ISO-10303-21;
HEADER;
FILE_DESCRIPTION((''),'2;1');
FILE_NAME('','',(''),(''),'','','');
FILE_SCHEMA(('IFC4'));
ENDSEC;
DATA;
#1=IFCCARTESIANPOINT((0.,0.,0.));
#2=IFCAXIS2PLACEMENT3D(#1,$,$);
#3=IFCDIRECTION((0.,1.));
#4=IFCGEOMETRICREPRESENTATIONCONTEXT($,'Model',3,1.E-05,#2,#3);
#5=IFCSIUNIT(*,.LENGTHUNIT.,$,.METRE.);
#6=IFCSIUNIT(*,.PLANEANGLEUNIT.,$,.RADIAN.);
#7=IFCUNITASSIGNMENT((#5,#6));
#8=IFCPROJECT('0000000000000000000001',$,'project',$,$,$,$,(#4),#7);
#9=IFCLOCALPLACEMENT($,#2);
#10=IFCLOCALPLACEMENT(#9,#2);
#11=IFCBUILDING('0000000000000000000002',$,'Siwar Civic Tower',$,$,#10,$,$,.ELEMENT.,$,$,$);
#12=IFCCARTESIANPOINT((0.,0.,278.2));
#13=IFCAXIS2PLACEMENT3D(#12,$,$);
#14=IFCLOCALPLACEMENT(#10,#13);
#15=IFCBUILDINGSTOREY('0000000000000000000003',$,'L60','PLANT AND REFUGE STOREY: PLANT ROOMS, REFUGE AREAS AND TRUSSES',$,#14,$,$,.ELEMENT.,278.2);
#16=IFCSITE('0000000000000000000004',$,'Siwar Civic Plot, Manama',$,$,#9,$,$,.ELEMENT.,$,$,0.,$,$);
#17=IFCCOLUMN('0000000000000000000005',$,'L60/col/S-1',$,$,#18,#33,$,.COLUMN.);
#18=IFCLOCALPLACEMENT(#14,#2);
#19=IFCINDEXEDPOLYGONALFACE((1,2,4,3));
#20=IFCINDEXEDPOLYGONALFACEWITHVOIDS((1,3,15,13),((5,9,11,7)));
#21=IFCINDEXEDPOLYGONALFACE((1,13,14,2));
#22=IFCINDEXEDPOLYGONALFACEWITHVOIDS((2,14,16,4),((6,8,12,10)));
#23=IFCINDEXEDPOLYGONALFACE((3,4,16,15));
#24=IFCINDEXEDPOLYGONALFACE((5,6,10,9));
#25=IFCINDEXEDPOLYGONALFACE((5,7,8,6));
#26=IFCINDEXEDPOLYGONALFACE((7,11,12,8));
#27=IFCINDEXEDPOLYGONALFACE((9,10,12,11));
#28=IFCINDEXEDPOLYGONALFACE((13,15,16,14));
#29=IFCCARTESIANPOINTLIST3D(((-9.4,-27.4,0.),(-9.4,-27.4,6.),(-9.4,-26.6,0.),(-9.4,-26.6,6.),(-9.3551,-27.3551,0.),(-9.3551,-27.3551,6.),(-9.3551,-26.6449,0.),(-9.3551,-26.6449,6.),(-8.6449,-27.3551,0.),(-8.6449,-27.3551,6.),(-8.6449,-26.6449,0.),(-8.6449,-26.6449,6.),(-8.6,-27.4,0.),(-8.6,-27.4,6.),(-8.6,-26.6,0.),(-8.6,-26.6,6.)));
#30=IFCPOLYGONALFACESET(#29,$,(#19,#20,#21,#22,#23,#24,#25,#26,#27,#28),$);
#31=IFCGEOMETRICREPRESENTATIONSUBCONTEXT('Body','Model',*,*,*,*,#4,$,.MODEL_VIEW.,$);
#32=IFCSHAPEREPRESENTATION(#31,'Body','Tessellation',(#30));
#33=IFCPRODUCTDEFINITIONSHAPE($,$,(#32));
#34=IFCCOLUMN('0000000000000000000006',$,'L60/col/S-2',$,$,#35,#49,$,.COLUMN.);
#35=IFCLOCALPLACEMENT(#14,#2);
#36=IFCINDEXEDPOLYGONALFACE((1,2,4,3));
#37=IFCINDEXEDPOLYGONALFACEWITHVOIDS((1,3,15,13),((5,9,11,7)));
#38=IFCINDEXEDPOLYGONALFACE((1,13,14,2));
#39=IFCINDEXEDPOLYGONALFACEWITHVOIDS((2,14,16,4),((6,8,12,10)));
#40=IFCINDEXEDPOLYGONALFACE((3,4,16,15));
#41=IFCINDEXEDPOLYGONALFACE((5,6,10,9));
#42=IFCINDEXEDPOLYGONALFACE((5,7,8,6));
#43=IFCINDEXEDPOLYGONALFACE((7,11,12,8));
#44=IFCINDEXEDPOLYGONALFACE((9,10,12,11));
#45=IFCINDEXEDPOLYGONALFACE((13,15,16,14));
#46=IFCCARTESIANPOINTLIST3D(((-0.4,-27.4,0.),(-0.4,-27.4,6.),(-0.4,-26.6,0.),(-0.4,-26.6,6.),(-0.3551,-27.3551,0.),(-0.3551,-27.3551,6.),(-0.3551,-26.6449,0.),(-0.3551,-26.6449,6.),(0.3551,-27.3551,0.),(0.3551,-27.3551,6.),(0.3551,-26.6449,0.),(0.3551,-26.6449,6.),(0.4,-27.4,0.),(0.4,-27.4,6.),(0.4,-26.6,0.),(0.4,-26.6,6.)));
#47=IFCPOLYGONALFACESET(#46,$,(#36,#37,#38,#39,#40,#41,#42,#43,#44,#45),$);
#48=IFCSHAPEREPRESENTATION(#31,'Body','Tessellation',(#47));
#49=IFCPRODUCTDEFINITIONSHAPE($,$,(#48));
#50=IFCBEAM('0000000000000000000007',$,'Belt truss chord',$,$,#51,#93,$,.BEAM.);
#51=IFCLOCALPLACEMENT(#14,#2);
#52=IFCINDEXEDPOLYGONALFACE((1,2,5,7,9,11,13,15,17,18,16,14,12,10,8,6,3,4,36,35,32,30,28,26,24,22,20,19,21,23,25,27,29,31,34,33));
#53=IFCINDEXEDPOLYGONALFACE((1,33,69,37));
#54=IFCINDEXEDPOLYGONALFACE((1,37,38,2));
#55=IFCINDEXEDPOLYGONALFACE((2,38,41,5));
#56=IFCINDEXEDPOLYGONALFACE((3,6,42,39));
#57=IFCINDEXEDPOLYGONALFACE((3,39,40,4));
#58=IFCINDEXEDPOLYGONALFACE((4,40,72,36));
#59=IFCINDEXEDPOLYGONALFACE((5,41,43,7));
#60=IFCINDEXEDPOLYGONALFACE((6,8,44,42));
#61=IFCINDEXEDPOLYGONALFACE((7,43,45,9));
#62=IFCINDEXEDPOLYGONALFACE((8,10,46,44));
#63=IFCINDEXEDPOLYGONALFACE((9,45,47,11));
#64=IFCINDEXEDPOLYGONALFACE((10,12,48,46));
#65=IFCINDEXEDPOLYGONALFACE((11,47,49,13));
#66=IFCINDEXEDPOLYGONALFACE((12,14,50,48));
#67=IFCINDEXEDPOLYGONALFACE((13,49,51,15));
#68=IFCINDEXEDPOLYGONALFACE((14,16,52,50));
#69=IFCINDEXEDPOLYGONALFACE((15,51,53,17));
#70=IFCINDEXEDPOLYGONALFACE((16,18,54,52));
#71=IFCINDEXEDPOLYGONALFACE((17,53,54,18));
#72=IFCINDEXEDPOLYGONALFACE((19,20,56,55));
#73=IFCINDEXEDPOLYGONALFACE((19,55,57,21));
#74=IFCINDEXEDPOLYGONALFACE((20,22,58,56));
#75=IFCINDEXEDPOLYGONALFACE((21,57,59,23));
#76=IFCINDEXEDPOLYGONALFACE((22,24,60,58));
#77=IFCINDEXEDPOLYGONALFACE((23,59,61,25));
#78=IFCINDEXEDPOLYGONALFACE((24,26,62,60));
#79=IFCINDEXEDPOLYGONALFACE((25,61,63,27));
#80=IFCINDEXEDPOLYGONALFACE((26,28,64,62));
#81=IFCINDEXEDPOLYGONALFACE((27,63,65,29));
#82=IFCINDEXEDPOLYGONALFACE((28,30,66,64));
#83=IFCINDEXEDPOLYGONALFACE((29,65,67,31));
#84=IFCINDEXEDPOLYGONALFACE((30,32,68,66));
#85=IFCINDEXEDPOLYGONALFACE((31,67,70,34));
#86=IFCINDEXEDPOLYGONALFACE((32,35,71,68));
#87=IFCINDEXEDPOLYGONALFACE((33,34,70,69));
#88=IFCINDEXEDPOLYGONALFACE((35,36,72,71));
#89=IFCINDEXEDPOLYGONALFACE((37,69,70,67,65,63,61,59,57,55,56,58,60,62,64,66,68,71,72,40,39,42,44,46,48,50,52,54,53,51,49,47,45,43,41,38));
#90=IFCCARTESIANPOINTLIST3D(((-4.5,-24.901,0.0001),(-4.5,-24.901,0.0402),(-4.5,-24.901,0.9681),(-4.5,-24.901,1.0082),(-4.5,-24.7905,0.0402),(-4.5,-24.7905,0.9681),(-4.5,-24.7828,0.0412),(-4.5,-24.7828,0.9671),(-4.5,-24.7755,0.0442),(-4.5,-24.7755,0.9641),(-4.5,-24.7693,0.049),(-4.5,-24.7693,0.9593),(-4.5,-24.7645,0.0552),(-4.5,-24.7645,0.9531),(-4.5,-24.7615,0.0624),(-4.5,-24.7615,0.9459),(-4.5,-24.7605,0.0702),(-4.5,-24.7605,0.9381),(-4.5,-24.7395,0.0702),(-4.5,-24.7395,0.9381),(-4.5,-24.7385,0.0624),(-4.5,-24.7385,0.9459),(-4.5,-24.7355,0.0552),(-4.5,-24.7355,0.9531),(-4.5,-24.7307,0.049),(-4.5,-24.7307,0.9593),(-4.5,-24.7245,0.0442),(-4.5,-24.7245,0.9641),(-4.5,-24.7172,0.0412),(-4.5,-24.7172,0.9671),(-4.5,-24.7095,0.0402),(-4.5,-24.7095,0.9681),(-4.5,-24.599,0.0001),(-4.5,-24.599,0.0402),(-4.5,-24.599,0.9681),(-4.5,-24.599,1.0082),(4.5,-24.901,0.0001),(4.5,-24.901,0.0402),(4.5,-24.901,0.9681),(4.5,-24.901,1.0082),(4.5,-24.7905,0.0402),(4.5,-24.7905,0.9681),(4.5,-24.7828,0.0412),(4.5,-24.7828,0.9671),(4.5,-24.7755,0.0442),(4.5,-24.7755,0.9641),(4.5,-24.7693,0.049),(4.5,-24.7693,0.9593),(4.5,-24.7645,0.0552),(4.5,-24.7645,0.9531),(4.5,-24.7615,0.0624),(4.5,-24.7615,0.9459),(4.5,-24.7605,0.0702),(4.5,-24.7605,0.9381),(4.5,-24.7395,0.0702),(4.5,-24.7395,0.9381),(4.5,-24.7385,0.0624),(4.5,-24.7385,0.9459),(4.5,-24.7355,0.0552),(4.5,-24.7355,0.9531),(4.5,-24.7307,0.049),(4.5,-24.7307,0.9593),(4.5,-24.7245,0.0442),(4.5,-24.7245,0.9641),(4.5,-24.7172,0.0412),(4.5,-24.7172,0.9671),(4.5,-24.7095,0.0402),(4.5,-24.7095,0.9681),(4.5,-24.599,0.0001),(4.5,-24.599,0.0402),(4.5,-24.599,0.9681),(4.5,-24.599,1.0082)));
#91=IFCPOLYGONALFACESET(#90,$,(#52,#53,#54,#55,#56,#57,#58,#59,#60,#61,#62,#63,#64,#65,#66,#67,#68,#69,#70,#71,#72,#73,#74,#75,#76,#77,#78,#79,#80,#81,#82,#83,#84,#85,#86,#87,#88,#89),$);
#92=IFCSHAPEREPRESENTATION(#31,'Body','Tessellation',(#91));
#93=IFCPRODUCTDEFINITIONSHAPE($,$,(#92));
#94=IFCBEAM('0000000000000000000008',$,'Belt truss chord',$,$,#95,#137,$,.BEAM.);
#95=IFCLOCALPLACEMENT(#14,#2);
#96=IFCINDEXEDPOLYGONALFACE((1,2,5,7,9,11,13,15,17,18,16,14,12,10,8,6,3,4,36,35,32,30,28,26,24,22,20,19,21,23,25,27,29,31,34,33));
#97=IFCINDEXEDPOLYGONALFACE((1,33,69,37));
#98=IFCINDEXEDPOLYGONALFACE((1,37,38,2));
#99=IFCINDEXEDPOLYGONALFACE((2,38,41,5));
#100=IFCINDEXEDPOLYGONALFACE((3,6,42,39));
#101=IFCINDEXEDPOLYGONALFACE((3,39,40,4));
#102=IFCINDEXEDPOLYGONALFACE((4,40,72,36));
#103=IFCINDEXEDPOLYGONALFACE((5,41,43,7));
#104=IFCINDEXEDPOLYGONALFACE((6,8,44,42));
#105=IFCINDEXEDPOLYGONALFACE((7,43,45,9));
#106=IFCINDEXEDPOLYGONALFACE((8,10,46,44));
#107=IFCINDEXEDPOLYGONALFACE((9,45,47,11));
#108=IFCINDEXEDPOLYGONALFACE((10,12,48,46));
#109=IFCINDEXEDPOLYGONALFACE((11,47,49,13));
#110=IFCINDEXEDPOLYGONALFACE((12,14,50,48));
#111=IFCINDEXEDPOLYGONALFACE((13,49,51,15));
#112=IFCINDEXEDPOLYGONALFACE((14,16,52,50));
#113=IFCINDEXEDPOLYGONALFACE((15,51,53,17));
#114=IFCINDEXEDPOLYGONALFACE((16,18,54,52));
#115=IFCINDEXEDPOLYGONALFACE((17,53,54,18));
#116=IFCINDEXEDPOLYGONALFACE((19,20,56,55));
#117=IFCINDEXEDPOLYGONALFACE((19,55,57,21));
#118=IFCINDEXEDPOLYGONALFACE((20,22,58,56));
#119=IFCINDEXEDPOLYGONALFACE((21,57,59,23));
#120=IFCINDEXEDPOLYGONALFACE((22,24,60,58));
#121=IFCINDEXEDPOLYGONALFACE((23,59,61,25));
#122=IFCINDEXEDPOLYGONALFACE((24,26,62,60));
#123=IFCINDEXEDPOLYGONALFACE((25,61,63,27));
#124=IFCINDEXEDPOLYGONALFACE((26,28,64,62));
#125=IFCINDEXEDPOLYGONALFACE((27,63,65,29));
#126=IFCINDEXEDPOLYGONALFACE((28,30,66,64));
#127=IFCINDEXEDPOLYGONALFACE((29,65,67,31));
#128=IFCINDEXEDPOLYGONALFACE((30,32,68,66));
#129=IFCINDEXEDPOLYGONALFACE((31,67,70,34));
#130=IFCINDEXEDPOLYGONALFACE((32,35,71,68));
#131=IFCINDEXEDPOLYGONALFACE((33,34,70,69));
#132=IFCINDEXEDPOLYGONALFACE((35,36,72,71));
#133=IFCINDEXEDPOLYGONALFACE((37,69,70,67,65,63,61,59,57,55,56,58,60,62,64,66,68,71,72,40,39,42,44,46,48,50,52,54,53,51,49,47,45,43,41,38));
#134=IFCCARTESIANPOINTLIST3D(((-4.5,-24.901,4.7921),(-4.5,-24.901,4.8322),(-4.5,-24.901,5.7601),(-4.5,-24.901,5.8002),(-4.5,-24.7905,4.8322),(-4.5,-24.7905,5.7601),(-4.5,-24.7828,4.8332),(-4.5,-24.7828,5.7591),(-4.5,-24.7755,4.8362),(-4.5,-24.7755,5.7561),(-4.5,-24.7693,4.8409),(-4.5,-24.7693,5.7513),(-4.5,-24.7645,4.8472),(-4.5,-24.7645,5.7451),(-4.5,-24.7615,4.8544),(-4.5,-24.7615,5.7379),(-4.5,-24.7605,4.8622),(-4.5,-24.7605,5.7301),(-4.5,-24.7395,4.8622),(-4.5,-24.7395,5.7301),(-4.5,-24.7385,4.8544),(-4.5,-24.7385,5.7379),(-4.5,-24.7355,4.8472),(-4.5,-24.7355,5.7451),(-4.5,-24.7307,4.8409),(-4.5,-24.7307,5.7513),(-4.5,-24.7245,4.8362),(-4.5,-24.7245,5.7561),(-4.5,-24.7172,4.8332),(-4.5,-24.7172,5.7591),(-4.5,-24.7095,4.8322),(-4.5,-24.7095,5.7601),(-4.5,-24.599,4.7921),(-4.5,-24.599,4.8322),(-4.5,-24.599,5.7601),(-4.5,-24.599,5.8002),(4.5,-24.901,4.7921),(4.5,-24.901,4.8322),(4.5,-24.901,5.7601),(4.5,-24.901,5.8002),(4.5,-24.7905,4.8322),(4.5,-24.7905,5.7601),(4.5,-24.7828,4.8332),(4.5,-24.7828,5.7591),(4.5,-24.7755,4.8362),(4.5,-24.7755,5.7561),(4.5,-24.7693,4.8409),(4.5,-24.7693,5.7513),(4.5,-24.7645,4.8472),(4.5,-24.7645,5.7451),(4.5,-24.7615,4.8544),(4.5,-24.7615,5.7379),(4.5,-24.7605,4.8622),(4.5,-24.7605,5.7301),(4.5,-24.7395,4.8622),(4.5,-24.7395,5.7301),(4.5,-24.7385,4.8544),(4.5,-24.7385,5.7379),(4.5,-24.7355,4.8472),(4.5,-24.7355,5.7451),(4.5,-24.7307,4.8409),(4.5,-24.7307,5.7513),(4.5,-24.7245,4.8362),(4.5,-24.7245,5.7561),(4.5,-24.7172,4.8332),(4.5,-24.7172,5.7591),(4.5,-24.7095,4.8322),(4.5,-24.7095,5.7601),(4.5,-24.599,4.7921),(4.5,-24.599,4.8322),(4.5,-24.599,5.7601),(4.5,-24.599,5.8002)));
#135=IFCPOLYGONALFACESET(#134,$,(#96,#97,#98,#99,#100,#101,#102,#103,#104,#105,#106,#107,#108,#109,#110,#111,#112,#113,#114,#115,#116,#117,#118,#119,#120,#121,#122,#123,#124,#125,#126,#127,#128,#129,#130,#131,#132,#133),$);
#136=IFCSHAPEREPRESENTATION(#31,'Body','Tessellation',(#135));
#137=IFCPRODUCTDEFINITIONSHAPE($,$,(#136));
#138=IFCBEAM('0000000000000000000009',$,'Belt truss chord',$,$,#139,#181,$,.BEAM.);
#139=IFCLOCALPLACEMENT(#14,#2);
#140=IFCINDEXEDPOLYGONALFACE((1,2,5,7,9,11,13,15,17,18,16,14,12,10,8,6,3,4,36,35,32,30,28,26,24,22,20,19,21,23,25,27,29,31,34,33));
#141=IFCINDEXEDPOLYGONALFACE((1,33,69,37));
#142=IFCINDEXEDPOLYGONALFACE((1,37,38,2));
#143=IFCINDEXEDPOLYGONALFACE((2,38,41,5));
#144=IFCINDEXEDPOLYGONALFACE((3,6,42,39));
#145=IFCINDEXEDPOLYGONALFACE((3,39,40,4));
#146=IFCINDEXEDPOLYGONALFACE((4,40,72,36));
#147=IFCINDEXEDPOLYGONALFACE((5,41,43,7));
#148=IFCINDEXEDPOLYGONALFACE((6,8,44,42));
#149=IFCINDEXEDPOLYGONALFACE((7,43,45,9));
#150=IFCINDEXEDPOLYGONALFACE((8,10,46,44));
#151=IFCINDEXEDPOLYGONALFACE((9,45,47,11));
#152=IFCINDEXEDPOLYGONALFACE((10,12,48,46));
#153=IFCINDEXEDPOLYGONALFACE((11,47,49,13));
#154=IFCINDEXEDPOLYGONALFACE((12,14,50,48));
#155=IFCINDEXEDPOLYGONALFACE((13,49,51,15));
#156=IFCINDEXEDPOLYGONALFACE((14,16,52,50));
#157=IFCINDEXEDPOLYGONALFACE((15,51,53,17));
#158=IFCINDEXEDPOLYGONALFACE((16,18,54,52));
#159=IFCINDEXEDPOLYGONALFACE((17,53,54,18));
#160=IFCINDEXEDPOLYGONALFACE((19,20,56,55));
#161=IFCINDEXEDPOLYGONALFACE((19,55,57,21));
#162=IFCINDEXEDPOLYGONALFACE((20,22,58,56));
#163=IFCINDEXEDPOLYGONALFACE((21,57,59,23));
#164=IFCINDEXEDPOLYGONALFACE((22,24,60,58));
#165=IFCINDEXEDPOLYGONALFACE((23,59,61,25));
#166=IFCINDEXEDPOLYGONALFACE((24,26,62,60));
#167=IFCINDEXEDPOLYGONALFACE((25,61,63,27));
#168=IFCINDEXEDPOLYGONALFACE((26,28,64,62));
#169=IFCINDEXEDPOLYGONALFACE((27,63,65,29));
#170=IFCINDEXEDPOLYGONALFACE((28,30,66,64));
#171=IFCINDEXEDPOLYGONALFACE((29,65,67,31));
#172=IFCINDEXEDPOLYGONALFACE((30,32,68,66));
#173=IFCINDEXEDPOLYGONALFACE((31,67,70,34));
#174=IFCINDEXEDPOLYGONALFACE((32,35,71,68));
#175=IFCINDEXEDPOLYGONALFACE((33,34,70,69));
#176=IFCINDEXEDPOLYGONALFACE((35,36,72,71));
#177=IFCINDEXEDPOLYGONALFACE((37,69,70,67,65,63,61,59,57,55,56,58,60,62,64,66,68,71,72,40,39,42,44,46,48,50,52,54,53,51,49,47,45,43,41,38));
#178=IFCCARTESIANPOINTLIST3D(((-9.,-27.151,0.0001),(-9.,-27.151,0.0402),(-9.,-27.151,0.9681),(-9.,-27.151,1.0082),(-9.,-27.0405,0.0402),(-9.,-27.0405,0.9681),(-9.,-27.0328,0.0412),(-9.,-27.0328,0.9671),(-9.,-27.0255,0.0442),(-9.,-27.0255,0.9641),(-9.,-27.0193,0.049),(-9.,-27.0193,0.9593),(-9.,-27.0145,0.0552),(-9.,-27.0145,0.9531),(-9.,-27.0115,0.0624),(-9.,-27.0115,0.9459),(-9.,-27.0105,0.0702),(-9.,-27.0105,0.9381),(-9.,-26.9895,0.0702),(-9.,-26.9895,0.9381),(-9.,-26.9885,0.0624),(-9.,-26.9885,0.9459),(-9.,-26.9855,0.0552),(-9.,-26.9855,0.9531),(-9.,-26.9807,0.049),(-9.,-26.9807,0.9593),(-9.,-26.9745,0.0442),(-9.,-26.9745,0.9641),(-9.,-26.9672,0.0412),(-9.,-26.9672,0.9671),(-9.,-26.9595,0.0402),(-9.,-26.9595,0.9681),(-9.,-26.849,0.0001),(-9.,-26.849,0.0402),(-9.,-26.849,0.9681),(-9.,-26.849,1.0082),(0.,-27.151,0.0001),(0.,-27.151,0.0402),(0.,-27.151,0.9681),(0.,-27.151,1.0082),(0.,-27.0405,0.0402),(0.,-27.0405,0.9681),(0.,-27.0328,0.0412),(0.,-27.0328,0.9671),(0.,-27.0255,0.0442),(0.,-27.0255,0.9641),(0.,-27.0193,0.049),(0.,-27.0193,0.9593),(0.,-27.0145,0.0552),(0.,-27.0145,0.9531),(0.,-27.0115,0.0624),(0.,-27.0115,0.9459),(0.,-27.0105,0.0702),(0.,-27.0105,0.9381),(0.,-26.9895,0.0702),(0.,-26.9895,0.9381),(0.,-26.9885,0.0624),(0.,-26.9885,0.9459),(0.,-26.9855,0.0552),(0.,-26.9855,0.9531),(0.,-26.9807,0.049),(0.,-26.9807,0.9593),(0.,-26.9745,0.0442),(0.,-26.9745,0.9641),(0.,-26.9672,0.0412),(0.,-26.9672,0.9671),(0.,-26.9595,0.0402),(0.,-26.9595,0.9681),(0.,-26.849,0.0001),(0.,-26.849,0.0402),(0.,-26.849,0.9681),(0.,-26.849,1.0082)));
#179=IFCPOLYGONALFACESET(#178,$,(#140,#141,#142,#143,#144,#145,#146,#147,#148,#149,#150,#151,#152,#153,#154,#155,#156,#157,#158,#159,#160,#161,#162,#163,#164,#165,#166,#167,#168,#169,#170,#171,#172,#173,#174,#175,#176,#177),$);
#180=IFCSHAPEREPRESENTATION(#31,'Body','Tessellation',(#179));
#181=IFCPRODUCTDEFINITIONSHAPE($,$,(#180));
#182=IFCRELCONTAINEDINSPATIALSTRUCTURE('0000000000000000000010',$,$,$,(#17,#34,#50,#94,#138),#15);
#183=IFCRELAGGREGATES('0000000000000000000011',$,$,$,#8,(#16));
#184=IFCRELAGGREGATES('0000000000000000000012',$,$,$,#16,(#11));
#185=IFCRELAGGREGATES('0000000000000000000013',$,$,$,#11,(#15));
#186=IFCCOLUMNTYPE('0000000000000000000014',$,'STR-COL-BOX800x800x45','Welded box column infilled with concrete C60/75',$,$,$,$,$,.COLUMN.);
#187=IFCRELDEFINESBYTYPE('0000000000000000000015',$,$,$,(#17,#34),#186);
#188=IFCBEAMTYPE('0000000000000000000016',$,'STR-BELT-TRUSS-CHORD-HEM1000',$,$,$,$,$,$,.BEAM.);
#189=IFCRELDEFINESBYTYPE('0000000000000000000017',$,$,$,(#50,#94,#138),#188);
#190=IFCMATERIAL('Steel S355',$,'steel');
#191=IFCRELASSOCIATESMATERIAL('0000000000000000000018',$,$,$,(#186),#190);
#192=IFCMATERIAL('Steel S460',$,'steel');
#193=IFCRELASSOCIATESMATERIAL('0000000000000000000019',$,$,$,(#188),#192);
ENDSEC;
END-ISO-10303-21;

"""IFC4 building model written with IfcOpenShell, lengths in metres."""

from ifc_helpers import new_model, si_unit, direction, frame, origin, origin_2d, place, context, subcontext, project, spatial, hollow_rectangle, i_section, extrude, material, material_profile, profile_set, type_object, element, save


model = new_model("IFC4")

# Units and contexts
model_context = context("Model", 3, precision=1e-05, world=origin(), true_north=direction((0.0, 1.0)))
body_context = subcontext(model_context, "Body", "Model", "MODEL_VIEW")
ifc_project = project(units=[si_unit("LENGTHUNIT", "METRE"), si_unit("PLANEANGLEUNIT", "RADIAN")], contexts=[model_context])

# Site, building, storey
site_placement = place(None, origin())
site = spatial("IfcSite", under=ifc_project, at=site_placement, Name="Siwar Civic Plot, Manama", CompositionType="ELEMENT", RefElevation=0.0)
building_placement = place(site_placement, origin())
building = spatial("IfcBuilding", under=site, at=building_placement, Name="Siwar Civic Tower", CompositionType="ELEMENT")
storey_placement = place(building_placement, frame((0.0, 0.0, 278.2)))
storey = spatial("IfcBuildingStorey", under=building, at=storey_placement, Name="L60", Description="PLANT AND REFUGE STOREY: PLANT ROOMS, REFUGE AREAS AND TRUSSES", CompositionType="ELEMENT", Elevation=278.2)

# Columns
ifc_material_1 = material(Name="Steel S355", Category="steel")
ifc_material_profile_1 = material_profile(ifc_material_1, hollow_rectangle(XDim=0.8, YDim=0.8, WallThickness=0.0449, at=origin_2d()), Name="BOX800x800x45")
ifc_profile_set_1 = profile_set([ifc_material_profile_1], Name="Steel S355")
column_type = type_object("IfcColumnType", Name="STR-COL-BOX800x800x45", Description="Welded box column infilled with concrete C60/75", PredefinedType="COLUMN", material=ifc_profile_set_1)
for number, where, z_axis, x_axis, name in (
    (1, (-9.0, -27.0, 0.0), (0.0, 0.0, 1.0), (1.0, 0.0, 0.0), "L60/col/S-1"),
    (2, (0.0, -27.0, 0.0), (0.0, 0.0, 1.0), (1.0, 0.0, 0.0), "L60/col/S-2"),
):
    element("IfcColumn", number, at=place(storey_placement, frame(where, z_axis=z_axis, x_axis=x_axis)), inside=storey, type_object=column_type, Name=name, PredefinedType="COLUMN", context=body_context, shape_type="SweptSolid", body=[
        extrude(hollow_rectangle(XDim=0.8, YDim=0.8, WallThickness=0.0449, at=origin_2d()), origin(), (0.0, 0.0, 1.0), 6.0),
    ])

# Beams
ifc_material_2 = material(Name="Steel S460", Category="steel")
ifc_material_profile_2 = material_profile(ifc_material_2, i_section(OverallWidth=0.302, OverallDepth=1.0081, WebThickness=0.021, FlangeThickness=0.04, FilletRadius=0.03, at=origin_2d()), Name="HEM1000")
ifc_profile_set_2 = profile_set([ifc_material_profile_2], Name="Steel S460")
beam_type_1 = type_object("IfcBeamType", Name="STR-BELT-TRUSS-CHORD-HEM1000", PredefinedType="BEAM", material=ifc_profile_set_2)
for number, where, z_axis, x_axis, name in (
    (3, (-4.5, -24.75, 0.5042), (1.0, 0.0, 0.0), (0.0, 1.0, 0.0), "Belt truss chord"),
    (4, (-4.5, -24.75, 5.2961), (1.0, 0.0, 0.0), (0.0, 1.0, 0.0), "Belt truss chord"),
    (5, (-9.0, -27.0, 0.5042), (1.0, 0.0, 0.0), (0.0, 1.0, 0.0), "Belt truss chord"),
):
    element("IfcBeam", number, at=place(storey_placement, frame(where, z_axis=z_axis, x_axis=x_axis)), inside=storey, type_object=beam_type_1, Name=name, PredefinedType="BEAM", context=body_context, shape_type="SweptSolid", body=[
        extrude(i_section(OverallWidth=0.302, OverallDepth=1.0081, WebThickness=0.021, FlangeThickness=0.04, FilletRadius=0.03, at=origin_2d()), origin(), (0.0, 0.0, 1.0), 9.0),
    ])

save(model, "model.ifc")
